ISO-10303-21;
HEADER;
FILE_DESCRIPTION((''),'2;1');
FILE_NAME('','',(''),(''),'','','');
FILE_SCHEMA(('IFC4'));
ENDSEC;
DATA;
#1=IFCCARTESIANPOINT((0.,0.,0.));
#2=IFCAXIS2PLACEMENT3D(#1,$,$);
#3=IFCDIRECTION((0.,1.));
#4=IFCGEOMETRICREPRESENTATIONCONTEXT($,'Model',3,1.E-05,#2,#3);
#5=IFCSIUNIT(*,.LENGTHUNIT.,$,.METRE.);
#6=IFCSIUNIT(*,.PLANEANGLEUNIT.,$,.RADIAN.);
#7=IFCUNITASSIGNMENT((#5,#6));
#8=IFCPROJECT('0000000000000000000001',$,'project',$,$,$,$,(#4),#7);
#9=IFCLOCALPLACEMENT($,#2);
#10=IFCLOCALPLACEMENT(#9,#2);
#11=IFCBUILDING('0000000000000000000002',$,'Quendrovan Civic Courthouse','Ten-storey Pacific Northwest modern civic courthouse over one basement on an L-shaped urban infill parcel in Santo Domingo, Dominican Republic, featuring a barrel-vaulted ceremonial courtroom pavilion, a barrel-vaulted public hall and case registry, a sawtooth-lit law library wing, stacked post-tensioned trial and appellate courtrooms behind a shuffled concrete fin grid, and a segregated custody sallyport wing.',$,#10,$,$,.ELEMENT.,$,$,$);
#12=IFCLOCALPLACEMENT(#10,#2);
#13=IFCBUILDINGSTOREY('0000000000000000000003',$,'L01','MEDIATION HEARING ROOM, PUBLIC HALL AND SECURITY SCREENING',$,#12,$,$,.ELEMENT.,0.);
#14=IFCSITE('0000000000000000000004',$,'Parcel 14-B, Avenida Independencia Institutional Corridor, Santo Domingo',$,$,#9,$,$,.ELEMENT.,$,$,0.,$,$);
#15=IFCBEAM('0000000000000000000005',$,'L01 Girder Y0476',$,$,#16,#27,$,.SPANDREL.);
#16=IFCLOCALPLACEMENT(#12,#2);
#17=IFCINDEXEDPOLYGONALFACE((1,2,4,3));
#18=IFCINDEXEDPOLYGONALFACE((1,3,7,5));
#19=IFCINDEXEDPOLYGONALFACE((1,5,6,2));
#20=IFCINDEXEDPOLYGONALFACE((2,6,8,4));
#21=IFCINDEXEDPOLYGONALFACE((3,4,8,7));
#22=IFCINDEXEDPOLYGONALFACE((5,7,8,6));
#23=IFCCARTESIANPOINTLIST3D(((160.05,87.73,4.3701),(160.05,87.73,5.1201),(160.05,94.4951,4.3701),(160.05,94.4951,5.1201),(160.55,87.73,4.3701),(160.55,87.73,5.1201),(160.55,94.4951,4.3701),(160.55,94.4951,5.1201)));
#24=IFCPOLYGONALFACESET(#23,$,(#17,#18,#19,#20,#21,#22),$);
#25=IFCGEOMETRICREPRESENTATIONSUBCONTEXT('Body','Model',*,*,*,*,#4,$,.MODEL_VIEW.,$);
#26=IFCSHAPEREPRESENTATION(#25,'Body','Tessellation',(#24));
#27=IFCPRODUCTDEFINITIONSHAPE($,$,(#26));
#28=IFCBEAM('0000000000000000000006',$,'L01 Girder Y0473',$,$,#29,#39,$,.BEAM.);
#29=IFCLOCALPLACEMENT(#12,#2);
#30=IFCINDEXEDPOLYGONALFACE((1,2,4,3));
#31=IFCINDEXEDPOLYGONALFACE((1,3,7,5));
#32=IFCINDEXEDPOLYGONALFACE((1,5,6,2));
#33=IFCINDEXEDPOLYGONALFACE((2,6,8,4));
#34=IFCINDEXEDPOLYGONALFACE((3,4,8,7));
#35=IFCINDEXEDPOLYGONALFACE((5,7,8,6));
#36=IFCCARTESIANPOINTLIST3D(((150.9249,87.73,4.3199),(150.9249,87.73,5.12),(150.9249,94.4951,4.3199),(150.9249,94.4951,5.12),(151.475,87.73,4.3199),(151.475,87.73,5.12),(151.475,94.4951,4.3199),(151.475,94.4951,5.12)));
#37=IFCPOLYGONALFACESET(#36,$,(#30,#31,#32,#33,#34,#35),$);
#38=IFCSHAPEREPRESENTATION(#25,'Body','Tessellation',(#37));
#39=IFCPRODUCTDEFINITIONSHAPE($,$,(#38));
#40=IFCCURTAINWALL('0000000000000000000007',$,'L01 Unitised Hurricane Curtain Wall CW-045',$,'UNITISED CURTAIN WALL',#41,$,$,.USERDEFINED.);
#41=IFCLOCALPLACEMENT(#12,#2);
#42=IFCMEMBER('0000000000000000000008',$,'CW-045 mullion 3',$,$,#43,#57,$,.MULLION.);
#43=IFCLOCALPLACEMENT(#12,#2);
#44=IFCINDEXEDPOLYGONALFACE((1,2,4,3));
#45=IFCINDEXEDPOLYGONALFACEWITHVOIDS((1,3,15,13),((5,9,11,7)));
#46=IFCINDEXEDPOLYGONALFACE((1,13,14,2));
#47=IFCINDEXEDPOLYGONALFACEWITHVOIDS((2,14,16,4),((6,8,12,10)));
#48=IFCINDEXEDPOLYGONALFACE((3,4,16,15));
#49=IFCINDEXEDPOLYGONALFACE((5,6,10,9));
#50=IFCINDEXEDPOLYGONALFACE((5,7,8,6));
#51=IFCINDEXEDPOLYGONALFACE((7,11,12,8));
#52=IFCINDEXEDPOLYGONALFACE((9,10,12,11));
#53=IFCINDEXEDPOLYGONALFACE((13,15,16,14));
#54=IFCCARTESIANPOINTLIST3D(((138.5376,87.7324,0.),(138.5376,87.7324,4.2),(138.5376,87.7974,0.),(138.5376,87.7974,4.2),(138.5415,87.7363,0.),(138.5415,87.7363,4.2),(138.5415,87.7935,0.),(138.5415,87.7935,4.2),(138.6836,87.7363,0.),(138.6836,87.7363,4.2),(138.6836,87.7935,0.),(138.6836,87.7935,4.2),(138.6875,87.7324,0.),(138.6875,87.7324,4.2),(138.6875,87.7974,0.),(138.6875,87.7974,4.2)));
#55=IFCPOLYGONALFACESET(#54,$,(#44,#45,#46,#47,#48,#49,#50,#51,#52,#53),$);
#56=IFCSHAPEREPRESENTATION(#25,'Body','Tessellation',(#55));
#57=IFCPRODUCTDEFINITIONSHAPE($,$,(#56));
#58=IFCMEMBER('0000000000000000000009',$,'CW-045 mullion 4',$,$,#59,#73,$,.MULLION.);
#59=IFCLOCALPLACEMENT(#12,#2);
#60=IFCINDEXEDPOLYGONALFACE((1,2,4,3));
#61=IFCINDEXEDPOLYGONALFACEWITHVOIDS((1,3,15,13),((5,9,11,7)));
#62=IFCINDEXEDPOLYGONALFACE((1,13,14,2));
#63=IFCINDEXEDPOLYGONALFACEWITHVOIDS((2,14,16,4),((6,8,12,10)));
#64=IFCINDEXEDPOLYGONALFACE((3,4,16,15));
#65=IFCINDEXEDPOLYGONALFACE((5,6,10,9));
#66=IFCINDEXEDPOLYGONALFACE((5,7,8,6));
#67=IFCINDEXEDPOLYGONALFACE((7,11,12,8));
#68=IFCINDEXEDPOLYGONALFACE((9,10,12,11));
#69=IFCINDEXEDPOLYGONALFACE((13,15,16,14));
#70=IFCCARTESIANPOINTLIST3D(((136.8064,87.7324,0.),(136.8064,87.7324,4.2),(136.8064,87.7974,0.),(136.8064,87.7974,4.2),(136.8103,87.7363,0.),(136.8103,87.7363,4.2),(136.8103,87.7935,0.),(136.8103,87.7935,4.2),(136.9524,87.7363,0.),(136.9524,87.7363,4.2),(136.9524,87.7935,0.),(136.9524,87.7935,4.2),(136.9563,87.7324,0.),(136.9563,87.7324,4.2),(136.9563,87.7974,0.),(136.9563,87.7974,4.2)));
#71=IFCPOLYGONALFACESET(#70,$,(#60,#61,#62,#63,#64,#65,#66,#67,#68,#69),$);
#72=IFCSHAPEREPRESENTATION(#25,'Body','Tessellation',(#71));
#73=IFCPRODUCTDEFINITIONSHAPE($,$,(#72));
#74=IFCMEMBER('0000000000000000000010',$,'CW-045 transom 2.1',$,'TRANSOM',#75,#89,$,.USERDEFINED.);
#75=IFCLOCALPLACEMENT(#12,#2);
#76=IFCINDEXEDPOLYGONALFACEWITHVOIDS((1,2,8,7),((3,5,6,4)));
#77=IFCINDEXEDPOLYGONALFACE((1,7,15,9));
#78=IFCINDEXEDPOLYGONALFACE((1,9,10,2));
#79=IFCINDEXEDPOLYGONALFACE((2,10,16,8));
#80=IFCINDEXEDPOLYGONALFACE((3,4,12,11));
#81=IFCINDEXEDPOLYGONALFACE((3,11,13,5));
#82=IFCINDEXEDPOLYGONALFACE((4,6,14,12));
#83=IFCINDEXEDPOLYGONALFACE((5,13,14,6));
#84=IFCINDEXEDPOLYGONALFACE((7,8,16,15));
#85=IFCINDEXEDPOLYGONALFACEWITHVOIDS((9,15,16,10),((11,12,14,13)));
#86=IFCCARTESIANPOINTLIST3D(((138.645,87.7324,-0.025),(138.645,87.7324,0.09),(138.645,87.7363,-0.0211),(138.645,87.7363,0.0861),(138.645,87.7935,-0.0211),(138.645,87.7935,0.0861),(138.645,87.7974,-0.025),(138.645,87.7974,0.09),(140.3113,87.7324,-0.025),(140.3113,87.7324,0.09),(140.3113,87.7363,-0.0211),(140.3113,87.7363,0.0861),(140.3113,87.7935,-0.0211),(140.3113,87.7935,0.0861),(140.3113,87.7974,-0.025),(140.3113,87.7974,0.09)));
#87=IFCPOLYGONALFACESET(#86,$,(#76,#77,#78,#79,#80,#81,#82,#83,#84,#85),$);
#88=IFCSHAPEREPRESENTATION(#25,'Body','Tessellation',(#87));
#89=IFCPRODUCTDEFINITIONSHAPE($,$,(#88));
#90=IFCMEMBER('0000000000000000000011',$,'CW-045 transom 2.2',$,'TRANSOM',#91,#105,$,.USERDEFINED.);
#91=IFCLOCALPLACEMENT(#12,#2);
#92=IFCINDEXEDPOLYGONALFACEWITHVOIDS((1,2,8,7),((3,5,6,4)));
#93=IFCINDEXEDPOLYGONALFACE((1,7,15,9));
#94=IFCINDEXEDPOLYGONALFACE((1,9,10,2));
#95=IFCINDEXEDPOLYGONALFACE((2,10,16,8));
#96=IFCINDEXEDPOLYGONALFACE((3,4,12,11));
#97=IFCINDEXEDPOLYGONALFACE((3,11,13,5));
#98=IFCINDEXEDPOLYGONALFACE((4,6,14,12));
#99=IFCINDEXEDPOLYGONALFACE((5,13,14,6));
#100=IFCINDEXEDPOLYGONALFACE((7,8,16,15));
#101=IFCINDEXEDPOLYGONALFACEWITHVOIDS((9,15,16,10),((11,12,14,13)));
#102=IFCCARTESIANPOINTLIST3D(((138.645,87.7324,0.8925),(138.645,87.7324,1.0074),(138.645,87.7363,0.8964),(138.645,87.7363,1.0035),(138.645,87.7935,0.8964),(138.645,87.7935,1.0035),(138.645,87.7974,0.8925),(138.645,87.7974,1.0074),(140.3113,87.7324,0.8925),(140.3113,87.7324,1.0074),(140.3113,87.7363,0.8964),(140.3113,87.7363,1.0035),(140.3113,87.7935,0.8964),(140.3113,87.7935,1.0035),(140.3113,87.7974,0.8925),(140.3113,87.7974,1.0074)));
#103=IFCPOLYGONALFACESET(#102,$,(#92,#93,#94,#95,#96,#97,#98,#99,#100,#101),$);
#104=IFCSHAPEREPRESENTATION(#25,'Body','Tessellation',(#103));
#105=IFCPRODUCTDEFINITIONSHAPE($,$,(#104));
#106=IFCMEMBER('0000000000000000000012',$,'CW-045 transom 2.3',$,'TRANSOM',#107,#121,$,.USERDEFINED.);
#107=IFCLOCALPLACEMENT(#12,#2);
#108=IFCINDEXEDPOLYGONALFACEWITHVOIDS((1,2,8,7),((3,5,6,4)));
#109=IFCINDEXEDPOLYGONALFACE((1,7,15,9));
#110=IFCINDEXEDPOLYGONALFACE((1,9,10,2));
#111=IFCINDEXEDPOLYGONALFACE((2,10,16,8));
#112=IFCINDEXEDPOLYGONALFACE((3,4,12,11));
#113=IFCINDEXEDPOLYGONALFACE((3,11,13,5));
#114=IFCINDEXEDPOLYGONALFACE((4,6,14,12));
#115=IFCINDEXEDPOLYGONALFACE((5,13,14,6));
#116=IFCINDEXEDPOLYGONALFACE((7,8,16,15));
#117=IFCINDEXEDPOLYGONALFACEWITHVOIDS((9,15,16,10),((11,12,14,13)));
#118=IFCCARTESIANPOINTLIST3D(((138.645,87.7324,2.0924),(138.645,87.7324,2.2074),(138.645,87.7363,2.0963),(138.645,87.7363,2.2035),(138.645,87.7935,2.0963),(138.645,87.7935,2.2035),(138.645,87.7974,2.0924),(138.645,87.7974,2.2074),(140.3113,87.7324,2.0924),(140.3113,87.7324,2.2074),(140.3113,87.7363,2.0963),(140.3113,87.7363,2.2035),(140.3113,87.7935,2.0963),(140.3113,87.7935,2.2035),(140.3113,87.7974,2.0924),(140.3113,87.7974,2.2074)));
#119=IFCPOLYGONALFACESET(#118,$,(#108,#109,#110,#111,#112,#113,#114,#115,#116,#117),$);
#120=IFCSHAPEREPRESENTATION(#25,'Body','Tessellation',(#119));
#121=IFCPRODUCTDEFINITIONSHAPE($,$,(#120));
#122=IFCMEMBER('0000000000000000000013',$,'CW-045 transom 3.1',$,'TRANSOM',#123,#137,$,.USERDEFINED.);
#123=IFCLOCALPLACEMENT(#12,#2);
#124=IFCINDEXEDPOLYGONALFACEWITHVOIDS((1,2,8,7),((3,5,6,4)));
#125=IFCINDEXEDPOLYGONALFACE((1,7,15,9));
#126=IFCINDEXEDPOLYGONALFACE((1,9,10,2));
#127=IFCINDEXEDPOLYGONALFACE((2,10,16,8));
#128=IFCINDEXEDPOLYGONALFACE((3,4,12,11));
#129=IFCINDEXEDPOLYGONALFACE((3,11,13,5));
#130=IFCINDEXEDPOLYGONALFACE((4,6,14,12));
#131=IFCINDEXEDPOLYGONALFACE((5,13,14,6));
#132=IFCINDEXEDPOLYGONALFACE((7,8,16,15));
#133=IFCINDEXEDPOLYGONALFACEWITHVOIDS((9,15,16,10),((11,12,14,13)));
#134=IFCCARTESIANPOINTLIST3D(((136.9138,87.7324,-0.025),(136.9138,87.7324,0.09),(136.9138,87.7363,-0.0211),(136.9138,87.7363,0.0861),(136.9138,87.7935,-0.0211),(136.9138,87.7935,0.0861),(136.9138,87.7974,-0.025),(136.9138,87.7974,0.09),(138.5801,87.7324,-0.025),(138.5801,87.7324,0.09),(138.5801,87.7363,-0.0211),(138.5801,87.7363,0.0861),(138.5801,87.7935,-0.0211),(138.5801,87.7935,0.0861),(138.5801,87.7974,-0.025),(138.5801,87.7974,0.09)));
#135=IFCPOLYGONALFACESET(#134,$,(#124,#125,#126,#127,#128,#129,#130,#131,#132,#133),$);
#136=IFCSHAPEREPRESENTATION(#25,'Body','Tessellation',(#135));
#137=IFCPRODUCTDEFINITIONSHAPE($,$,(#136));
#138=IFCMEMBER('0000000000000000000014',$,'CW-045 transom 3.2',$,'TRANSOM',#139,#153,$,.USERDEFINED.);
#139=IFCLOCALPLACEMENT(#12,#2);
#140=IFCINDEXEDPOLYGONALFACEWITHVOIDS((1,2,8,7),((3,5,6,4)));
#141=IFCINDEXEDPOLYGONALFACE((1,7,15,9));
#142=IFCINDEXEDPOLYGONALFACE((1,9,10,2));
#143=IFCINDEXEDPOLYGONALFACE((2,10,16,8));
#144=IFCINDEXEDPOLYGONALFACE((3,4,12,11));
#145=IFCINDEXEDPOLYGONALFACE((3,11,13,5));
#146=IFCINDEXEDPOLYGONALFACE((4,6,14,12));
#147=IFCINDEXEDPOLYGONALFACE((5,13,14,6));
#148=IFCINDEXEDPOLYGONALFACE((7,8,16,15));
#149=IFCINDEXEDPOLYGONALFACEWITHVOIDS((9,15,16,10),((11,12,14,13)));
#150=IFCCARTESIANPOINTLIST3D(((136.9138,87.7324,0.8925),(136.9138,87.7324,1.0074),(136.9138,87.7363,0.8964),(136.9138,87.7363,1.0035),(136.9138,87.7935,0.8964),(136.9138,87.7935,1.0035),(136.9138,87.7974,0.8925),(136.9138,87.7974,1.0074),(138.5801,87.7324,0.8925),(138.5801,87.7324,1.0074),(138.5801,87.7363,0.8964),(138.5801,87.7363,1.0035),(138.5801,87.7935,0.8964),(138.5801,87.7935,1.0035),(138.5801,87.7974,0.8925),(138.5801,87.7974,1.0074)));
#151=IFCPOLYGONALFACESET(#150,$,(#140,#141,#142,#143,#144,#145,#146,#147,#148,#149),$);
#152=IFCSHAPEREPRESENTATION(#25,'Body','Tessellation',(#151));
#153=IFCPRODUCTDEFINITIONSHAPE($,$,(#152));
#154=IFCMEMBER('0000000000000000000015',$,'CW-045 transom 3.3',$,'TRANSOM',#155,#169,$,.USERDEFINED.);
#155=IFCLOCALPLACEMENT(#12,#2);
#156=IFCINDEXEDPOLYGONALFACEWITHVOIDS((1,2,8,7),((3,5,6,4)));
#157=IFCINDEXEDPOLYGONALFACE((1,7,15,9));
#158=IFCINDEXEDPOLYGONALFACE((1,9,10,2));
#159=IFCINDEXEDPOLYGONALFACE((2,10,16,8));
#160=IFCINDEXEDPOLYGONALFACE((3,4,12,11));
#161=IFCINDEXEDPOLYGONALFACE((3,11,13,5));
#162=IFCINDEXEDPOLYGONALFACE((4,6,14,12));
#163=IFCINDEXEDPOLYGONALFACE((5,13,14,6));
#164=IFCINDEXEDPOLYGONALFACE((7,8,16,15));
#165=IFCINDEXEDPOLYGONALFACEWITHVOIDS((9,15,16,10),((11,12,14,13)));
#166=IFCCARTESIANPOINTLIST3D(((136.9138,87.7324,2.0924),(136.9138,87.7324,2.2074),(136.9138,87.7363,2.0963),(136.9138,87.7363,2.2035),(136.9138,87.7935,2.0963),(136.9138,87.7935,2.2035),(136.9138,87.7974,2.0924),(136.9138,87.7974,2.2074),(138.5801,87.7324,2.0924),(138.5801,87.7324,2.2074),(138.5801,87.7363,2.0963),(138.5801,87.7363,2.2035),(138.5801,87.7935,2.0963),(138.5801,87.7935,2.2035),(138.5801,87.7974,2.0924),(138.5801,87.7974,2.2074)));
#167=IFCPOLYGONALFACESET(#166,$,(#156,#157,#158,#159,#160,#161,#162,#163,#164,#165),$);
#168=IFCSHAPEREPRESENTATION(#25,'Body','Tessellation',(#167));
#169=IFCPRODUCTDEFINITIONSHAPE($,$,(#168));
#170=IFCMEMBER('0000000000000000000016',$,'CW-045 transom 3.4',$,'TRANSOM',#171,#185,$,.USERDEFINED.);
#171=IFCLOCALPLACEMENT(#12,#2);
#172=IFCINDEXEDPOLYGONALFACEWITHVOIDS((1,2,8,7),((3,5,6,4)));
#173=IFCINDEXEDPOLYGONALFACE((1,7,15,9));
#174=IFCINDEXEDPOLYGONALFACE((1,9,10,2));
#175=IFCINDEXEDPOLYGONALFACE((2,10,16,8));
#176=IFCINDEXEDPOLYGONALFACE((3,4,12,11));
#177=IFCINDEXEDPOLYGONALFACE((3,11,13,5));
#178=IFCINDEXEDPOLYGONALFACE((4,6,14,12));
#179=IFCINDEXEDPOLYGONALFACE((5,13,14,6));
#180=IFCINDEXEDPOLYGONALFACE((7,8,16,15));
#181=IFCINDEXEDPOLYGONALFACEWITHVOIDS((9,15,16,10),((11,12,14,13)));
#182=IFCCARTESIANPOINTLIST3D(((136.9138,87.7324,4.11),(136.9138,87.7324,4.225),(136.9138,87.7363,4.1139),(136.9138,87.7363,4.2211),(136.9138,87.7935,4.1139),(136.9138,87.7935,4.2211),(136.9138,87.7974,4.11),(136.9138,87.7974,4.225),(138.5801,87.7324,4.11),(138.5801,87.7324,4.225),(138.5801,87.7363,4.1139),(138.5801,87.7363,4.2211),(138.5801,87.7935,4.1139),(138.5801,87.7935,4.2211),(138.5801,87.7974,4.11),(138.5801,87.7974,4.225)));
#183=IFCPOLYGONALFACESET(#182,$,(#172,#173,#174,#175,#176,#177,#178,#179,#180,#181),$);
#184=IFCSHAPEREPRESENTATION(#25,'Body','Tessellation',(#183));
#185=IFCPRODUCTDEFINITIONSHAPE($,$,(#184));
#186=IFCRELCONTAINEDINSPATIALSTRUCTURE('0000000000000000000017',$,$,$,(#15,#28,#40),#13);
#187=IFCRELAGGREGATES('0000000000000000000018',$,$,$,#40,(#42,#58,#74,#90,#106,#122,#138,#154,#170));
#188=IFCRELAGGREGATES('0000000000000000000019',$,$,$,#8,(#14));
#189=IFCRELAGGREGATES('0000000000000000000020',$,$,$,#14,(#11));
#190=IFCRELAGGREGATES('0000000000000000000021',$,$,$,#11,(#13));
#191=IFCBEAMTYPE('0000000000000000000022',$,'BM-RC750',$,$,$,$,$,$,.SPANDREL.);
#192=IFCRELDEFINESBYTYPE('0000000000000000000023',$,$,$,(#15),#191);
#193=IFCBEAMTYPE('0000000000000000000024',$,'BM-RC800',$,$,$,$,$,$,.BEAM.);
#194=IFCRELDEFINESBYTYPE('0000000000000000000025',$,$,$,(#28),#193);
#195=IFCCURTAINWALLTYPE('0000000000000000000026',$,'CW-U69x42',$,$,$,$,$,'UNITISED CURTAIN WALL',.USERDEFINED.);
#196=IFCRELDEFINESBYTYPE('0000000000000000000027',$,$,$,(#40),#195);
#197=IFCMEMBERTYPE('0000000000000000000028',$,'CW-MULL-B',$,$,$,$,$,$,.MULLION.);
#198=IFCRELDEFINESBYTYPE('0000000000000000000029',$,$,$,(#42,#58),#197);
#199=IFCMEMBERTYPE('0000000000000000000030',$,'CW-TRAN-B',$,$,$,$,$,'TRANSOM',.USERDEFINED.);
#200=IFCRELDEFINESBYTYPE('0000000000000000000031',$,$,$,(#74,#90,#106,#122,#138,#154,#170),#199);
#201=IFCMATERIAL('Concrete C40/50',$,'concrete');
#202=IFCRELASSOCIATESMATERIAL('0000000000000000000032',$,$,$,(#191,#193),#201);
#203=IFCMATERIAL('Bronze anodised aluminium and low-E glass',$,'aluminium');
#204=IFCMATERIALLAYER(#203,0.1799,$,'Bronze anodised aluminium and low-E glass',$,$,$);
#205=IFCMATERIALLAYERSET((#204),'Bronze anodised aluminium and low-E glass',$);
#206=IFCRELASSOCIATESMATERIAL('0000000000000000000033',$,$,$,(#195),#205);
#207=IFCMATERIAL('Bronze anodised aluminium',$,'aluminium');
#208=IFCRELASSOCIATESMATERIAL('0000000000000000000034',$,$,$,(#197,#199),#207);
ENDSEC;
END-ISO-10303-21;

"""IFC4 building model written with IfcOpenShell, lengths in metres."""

from ifc_helpers import new_model, si_unit, direction, frame, origin, origin_2d, place, context, subcontext, project, spatial, rectangle, hollow_rectangle, extrude, material, layer, layer_set, material_profile, profile_set, type_object, element, aggregate, save


model = new_model("IFC4")

# Units and contexts
model_context = context("Model", 3, precision=1e-05, world=origin(), true_north=direction((0.0, 1.0)))
body_context = subcontext(model_context, "Body", "Model", "MODEL_VIEW")
ifc_project = project(units=[si_unit("LENGTHUNIT", "METRE"), si_unit("PLANEANGLEUNIT", "RADIAN")], contexts=[model_context])

# Site, building, storey
site_placement = place(None, origin())
site = spatial("IfcSite", under=ifc_project, at=site_placement, Name="Parcel 14-B, Avenida Independencia Institutional Corridor, Santo Domingo", CompositionType="ELEMENT", RefElevation=0.0)
building_placement = place(site_placement, origin())
building = spatial("IfcBuilding", under=site, at=building_placement, Name="Quendrovan Civic Courthouse", Description="Ten-storey Pacific Northwest modern civic courthouse over one basement on an L-shaped urban infill parcel in Santo Domingo, Dominican Republic, featuring a barrel-vaulted ceremonial courtroom pavilion, a barrel-vaulted public hall and case registry, a sawtooth-lit law library wing, stacked post-tensioned trial and appellate courtrooms behind a shuffled concrete fin grid, and a segregated custody sallyport wing.", CompositionType="ELEMENT")
storey_placement = place(building_placement, origin())
storey = spatial("IfcBuildingStorey", under=building, at=storey_placement, Name="L01", Description="MEDIATION HEARING ROOM, PUBLIC HALL AND SECURITY SCREENING", CompositionType="ELEMENT", Elevation=0.0)

# Beams
ifc_material_1 = material(Name="Concrete C40/50", Category="concrete")
ifc_material_profile_1 = material_profile(ifc_material_1, rectangle(XDim=0.5, YDim=0.75, at=origin_2d()), Name="RC-BM-500x750")
ifc_profile_set_1 = profile_set([ifc_material_profile_1], Name="Concrete C40/50")
beam_type_1 = type_object("IfcBeamType", Name="BM-RC750", PredefinedType="SPANDREL", material=ifc_profile_set_1)
beam_1_placement = place(storey_placement, frame((160.3, 87.73, 4.7451), z_axis=(0.0, 1.0, 0.0), x_axis=(-1.0, 0.0, 0.0)))
element("IfcBeam", 1, at=beam_1_placement, inside=storey, type_object=beam_type_1, Name="L01 Girder Y0476", PredefinedType="SPANDREL", context=body_context, shape_type="SweptSolid", body=[
    extrude(rectangle(XDim=0.5, YDim=0.75, at=origin_2d()), origin(), (0.0, 0.0, 1.0), 6.7651),
])
ifc_material_profile_2 = material_profile(ifc_material_1, rectangle(XDim=0.55, YDim=0.8, at=origin_2d()), Name="RC-BM-550x800")
ifc_profile_set_2 = profile_set([ifc_material_profile_2], Name="Concrete C40/50")
beam_type_2 = type_object("IfcBeamType", Name="BM-RC800", PredefinedType="BEAM", material=ifc_profile_set_2)
beam_2_placement = place(storey_placement, frame((151.2, 87.73, 4.72), z_axis=(0.0, 1.0, 0.0), x_axis=(-1.0, 0.0, 0.0)))
element("IfcBeam", 2, at=beam_2_placement, inside=storey, type_object=beam_type_2, Name="L01 Girder Y0473", PredefinedType="BEAM", context=body_context, shape_type="SweptSolid", body=[
    extrude(rectangle(XDim=0.55, YDim=0.8, at=origin_2d()), origin(), (0.0, 0.0, 1.0), 6.7651),
])

# Curtain wall, members
ifc_material_2 = material(Name="Bronze anodised aluminium and low-E glass", Category="aluminium")
ifc_layer_1 = layer(ifc_material_2, 0.1799, Name="Bronze anodised aluminium and low-E glass")
ifc_layer_set_1 = layer_set([ifc_layer_1], Name="Bronze anodised aluminium and low-E glass")
curtain_wall_type = type_object("IfcCurtainWallType", Name="CW-U69x42", ElementType="UNITISED CURTAIN WALL", PredefinedType="USERDEFINED", material=ifc_layer_set_1)
curtain_wall_placement = place(storey_placement, origin())
curtain_wall = element("IfcCurtainWall", 3, at=curtain_wall_placement, inside=storey, type_object=curtain_wall_type, Name="L01 Unitised Hurricane Curtain Wall CW-045", ObjectType="UNITISED CURTAIN WALL", PredefinedType="USERDEFINED")
ifc_material_3 = material(Name="Bronze anodised aluminium", Category="aluminium")
ifc_material_profile_3 = material_profile(ifc_material_3, hollow_rectangle(XDim=0.0649, YDim=0.1499, WallThickness=0.0039, at=origin_2d()), Name="CW-MULL-65x150")
ifc_profile_set_3 = profile_set([ifc_material_profile_3], Name="Bronze anodised aluminium")
member_type_1 = type_object("IfcMemberType", Name="CW-MULL-B", PredefinedType="MULLION", material=ifc_profile_set_3)
member_1_placement = place(storey_placement, frame((138.6125, 87.7649, 0.0), z_axis=(0.0, 0.0, 1.0), x_axis=(0.0, -1.0, 0.0)))
member_1 = element("IfcMember", 4, at=member_1_placement, type_object=member_type_1, Name="CW-045 mullion 3", PredefinedType="MULLION", context=body_context, shape_type="SweptSolid", body=[
    extrude(hollow_rectangle(XDim=0.0649, YDim=0.1499, WallThickness=0.0039, at=origin_2d()), origin(), (0.0, 0.0, 1.0), 4.2),
])
member_2_placement = place(storey_placement, frame((136.8813, 87.7649, 0.0), z_axis=(0.0, 0.0, 1.0), x_axis=(0.0, -1.0, 0.0)))
member_2 = element("IfcMember", 5, at=member_2_placement, type_object=member_type_1, Name="CW-045 mullion 4", PredefinedType="MULLION", context=body_context, shape_type="SweptSolid", body=[
    extrude(hollow_rectangle(XDim=0.0649, YDim=0.1499, WallThickness=0.0039, at=origin_2d()), origin(), (0.0, 0.0, 1.0), 4.2),
])
ifc_material_profile_4 = material_profile(ifc_material_3, hollow_rectangle(XDim=0.0649, YDim=0.115, WallThickness=0.0039, at=origin_2d()), Name="CW-TRAN-65x115")
ifc_profile_set_4 = profile_set([ifc_material_profile_4], Name="Bronze anodised aluminium")
member_type_2 = type_object("IfcMemberType", Name="CW-TRAN-B", ElementType="TRANSOM", PredefinedType="USERDEFINED", material=ifc_profile_set_4)
member_3_placement = place(storey_placement, frame((140.3113, 87.7649, 0.0325), z_axis=(-1.0, 0.0, 0.0), x_axis=(0.0, -1.0, 0.0)))
member_3 = element("IfcMember", 6, at=member_3_placement, type_object=member_type_2, Name="CW-045 transom 2.1", ObjectType="TRANSOM", PredefinedType="USERDEFINED", context=body_context, shape_type="SweptSolid", body=[
    extrude(hollow_rectangle(XDim=0.0649, YDim=0.115, WallThickness=0.0039, at=origin_2d()), origin(), (0.0, 0.0, 1.0), 1.6663),
])
member_4_placement = place(storey_placement, frame((140.3113, 87.7649, 0.95), z_axis=(-1.0, 0.0, 0.0), x_axis=(0.0, -1.0, 0.0)))
member_4 = element("IfcMember", 7, at=member_4_placement, type_object=member_type_2, Name="CW-045 transom 2.2", ObjectType="TRANSOM", PredefinedType="USERDEFINED", context=body_context, shape_type="SweptSolid", body=[
    extrude(hollow_rectangle(XDim=0.0649, YDim=0.115, WallThickness=0.0039, at=origin_2d()), origin(), (0.0, 0.0, 1.0), 1.6663),
])
member_5_placement = place(storey_placement, frame((140.3113, 87.7649, 2.1499), z_axis=(-1.0, 0.0, 0.0), x_axis=(0.0, -1.0, 0.0)))
member_5 = element("IfcMember", 8, at=member_5_placement, type_object=member_type_2, Name="CW-045 transom 2.3", ObjectType="TRANSOM", PredefinedType="USERDEFINED", context=body_context, shape_type="SweptSolid", body=[
    extrude(hollow_rectangle(XDim=0.0649, YDim=0.115, WallThickness=0.0039, at=origin_2d()), origin(), (0.0, 0.0, 1.0), 1.6663),
])
member_6_placement = place(storey_placement, frame((138.5801, 87.7649, 0.0325), z_axis=(-1.0, 0.0, 0.0), x_axis=(0.0, -1.0, 0.0)))
member_6 = element("IfcMember", 9, at=member_6_placement, type_object=member_type_2, Name="CW-045 transom 3.1", ObjectType="TRANSOM", PredefinedType="USERDEFINED", context=body_context, shape_type="SweptSolid", body=[
    extrude(hollow_rectangle(XDim=0.0649, YDim=0.115, WallThickness=0.0039, at=origin_2d()), origin(), (0.0, 0.0, 1.0), 1.6663),
])
member_7_placement = place(storey_placement, frame((138.5801, 87.7649, 0.95), z_axis=(-1.0, 0.0, 0.0), x_axis=(0.0, -1.0, 0.0)))
member_7 = element("IfcMember", 10, at=member_7_placement, type_object=member_type_2, Name="CW-045 transom 3.2", ObjectType="TRANSOM", PredefinedType="USERDEFINED", context=body_context, shape_type="SweptSolid", body=[
    extrude(hollow_rectangle(XDim=0.0649, YDim=0.115, WallThickness=0.0039, at=origin_2d()), origin(), (0.0, 0.0, 1.0), 1.6663),
])
member_8_placement = place(storey_placement, frame((138.5801, 87.7649, 2.1499), z_axis=(-1.0, 0.0, 0.0), x_axis=(0.0, -1.0, 0.0)))
member_8 = element("IfcMember", 11, at=member_8_placement, type_object=member_type_2, Name="CW-045 transom 3.3", ObjectType="TRANSOM", PredefinedType="USERDEFINED", context=body_context, shape_type="SweptSolid", body=[
    extrude(hollow_rectangle(XDim=0.0649, YDim=0.115, WallThickness=0.0039, at=origin_2d()), origin(), (0.0, 0.0, 1.0), 1.6663),
])
member_9_placement = place(storey_placement, frame((138.5801, 87.7649, 4.1675), z_axis=(-1.0, 0.0, 0.0), x_axis=(0.0, -1.0, 0.0)))
member_9 = element("IfcMember", 12, at=member_9_placement, type_object=member_type_2, Name="CW-045 transom 3.4", ObjectType="TRANSOM", PredefinedType="USERDEFINED", context=body_context, shape_type="SweptSolid", body=[
    extrude(hollow_rectangle(XDim=0.0649, YDim=0.115, WallThickness=0.0039, at=origin_2d()), origin(), (0.0, 0.0, 1.0), 1.6663),
])
aggregate(curtain_wall, [member_1, member_2, member_3, member_4, member_5, member_6, member_7, member_8, member_9])

save(model, "model.ifc")
